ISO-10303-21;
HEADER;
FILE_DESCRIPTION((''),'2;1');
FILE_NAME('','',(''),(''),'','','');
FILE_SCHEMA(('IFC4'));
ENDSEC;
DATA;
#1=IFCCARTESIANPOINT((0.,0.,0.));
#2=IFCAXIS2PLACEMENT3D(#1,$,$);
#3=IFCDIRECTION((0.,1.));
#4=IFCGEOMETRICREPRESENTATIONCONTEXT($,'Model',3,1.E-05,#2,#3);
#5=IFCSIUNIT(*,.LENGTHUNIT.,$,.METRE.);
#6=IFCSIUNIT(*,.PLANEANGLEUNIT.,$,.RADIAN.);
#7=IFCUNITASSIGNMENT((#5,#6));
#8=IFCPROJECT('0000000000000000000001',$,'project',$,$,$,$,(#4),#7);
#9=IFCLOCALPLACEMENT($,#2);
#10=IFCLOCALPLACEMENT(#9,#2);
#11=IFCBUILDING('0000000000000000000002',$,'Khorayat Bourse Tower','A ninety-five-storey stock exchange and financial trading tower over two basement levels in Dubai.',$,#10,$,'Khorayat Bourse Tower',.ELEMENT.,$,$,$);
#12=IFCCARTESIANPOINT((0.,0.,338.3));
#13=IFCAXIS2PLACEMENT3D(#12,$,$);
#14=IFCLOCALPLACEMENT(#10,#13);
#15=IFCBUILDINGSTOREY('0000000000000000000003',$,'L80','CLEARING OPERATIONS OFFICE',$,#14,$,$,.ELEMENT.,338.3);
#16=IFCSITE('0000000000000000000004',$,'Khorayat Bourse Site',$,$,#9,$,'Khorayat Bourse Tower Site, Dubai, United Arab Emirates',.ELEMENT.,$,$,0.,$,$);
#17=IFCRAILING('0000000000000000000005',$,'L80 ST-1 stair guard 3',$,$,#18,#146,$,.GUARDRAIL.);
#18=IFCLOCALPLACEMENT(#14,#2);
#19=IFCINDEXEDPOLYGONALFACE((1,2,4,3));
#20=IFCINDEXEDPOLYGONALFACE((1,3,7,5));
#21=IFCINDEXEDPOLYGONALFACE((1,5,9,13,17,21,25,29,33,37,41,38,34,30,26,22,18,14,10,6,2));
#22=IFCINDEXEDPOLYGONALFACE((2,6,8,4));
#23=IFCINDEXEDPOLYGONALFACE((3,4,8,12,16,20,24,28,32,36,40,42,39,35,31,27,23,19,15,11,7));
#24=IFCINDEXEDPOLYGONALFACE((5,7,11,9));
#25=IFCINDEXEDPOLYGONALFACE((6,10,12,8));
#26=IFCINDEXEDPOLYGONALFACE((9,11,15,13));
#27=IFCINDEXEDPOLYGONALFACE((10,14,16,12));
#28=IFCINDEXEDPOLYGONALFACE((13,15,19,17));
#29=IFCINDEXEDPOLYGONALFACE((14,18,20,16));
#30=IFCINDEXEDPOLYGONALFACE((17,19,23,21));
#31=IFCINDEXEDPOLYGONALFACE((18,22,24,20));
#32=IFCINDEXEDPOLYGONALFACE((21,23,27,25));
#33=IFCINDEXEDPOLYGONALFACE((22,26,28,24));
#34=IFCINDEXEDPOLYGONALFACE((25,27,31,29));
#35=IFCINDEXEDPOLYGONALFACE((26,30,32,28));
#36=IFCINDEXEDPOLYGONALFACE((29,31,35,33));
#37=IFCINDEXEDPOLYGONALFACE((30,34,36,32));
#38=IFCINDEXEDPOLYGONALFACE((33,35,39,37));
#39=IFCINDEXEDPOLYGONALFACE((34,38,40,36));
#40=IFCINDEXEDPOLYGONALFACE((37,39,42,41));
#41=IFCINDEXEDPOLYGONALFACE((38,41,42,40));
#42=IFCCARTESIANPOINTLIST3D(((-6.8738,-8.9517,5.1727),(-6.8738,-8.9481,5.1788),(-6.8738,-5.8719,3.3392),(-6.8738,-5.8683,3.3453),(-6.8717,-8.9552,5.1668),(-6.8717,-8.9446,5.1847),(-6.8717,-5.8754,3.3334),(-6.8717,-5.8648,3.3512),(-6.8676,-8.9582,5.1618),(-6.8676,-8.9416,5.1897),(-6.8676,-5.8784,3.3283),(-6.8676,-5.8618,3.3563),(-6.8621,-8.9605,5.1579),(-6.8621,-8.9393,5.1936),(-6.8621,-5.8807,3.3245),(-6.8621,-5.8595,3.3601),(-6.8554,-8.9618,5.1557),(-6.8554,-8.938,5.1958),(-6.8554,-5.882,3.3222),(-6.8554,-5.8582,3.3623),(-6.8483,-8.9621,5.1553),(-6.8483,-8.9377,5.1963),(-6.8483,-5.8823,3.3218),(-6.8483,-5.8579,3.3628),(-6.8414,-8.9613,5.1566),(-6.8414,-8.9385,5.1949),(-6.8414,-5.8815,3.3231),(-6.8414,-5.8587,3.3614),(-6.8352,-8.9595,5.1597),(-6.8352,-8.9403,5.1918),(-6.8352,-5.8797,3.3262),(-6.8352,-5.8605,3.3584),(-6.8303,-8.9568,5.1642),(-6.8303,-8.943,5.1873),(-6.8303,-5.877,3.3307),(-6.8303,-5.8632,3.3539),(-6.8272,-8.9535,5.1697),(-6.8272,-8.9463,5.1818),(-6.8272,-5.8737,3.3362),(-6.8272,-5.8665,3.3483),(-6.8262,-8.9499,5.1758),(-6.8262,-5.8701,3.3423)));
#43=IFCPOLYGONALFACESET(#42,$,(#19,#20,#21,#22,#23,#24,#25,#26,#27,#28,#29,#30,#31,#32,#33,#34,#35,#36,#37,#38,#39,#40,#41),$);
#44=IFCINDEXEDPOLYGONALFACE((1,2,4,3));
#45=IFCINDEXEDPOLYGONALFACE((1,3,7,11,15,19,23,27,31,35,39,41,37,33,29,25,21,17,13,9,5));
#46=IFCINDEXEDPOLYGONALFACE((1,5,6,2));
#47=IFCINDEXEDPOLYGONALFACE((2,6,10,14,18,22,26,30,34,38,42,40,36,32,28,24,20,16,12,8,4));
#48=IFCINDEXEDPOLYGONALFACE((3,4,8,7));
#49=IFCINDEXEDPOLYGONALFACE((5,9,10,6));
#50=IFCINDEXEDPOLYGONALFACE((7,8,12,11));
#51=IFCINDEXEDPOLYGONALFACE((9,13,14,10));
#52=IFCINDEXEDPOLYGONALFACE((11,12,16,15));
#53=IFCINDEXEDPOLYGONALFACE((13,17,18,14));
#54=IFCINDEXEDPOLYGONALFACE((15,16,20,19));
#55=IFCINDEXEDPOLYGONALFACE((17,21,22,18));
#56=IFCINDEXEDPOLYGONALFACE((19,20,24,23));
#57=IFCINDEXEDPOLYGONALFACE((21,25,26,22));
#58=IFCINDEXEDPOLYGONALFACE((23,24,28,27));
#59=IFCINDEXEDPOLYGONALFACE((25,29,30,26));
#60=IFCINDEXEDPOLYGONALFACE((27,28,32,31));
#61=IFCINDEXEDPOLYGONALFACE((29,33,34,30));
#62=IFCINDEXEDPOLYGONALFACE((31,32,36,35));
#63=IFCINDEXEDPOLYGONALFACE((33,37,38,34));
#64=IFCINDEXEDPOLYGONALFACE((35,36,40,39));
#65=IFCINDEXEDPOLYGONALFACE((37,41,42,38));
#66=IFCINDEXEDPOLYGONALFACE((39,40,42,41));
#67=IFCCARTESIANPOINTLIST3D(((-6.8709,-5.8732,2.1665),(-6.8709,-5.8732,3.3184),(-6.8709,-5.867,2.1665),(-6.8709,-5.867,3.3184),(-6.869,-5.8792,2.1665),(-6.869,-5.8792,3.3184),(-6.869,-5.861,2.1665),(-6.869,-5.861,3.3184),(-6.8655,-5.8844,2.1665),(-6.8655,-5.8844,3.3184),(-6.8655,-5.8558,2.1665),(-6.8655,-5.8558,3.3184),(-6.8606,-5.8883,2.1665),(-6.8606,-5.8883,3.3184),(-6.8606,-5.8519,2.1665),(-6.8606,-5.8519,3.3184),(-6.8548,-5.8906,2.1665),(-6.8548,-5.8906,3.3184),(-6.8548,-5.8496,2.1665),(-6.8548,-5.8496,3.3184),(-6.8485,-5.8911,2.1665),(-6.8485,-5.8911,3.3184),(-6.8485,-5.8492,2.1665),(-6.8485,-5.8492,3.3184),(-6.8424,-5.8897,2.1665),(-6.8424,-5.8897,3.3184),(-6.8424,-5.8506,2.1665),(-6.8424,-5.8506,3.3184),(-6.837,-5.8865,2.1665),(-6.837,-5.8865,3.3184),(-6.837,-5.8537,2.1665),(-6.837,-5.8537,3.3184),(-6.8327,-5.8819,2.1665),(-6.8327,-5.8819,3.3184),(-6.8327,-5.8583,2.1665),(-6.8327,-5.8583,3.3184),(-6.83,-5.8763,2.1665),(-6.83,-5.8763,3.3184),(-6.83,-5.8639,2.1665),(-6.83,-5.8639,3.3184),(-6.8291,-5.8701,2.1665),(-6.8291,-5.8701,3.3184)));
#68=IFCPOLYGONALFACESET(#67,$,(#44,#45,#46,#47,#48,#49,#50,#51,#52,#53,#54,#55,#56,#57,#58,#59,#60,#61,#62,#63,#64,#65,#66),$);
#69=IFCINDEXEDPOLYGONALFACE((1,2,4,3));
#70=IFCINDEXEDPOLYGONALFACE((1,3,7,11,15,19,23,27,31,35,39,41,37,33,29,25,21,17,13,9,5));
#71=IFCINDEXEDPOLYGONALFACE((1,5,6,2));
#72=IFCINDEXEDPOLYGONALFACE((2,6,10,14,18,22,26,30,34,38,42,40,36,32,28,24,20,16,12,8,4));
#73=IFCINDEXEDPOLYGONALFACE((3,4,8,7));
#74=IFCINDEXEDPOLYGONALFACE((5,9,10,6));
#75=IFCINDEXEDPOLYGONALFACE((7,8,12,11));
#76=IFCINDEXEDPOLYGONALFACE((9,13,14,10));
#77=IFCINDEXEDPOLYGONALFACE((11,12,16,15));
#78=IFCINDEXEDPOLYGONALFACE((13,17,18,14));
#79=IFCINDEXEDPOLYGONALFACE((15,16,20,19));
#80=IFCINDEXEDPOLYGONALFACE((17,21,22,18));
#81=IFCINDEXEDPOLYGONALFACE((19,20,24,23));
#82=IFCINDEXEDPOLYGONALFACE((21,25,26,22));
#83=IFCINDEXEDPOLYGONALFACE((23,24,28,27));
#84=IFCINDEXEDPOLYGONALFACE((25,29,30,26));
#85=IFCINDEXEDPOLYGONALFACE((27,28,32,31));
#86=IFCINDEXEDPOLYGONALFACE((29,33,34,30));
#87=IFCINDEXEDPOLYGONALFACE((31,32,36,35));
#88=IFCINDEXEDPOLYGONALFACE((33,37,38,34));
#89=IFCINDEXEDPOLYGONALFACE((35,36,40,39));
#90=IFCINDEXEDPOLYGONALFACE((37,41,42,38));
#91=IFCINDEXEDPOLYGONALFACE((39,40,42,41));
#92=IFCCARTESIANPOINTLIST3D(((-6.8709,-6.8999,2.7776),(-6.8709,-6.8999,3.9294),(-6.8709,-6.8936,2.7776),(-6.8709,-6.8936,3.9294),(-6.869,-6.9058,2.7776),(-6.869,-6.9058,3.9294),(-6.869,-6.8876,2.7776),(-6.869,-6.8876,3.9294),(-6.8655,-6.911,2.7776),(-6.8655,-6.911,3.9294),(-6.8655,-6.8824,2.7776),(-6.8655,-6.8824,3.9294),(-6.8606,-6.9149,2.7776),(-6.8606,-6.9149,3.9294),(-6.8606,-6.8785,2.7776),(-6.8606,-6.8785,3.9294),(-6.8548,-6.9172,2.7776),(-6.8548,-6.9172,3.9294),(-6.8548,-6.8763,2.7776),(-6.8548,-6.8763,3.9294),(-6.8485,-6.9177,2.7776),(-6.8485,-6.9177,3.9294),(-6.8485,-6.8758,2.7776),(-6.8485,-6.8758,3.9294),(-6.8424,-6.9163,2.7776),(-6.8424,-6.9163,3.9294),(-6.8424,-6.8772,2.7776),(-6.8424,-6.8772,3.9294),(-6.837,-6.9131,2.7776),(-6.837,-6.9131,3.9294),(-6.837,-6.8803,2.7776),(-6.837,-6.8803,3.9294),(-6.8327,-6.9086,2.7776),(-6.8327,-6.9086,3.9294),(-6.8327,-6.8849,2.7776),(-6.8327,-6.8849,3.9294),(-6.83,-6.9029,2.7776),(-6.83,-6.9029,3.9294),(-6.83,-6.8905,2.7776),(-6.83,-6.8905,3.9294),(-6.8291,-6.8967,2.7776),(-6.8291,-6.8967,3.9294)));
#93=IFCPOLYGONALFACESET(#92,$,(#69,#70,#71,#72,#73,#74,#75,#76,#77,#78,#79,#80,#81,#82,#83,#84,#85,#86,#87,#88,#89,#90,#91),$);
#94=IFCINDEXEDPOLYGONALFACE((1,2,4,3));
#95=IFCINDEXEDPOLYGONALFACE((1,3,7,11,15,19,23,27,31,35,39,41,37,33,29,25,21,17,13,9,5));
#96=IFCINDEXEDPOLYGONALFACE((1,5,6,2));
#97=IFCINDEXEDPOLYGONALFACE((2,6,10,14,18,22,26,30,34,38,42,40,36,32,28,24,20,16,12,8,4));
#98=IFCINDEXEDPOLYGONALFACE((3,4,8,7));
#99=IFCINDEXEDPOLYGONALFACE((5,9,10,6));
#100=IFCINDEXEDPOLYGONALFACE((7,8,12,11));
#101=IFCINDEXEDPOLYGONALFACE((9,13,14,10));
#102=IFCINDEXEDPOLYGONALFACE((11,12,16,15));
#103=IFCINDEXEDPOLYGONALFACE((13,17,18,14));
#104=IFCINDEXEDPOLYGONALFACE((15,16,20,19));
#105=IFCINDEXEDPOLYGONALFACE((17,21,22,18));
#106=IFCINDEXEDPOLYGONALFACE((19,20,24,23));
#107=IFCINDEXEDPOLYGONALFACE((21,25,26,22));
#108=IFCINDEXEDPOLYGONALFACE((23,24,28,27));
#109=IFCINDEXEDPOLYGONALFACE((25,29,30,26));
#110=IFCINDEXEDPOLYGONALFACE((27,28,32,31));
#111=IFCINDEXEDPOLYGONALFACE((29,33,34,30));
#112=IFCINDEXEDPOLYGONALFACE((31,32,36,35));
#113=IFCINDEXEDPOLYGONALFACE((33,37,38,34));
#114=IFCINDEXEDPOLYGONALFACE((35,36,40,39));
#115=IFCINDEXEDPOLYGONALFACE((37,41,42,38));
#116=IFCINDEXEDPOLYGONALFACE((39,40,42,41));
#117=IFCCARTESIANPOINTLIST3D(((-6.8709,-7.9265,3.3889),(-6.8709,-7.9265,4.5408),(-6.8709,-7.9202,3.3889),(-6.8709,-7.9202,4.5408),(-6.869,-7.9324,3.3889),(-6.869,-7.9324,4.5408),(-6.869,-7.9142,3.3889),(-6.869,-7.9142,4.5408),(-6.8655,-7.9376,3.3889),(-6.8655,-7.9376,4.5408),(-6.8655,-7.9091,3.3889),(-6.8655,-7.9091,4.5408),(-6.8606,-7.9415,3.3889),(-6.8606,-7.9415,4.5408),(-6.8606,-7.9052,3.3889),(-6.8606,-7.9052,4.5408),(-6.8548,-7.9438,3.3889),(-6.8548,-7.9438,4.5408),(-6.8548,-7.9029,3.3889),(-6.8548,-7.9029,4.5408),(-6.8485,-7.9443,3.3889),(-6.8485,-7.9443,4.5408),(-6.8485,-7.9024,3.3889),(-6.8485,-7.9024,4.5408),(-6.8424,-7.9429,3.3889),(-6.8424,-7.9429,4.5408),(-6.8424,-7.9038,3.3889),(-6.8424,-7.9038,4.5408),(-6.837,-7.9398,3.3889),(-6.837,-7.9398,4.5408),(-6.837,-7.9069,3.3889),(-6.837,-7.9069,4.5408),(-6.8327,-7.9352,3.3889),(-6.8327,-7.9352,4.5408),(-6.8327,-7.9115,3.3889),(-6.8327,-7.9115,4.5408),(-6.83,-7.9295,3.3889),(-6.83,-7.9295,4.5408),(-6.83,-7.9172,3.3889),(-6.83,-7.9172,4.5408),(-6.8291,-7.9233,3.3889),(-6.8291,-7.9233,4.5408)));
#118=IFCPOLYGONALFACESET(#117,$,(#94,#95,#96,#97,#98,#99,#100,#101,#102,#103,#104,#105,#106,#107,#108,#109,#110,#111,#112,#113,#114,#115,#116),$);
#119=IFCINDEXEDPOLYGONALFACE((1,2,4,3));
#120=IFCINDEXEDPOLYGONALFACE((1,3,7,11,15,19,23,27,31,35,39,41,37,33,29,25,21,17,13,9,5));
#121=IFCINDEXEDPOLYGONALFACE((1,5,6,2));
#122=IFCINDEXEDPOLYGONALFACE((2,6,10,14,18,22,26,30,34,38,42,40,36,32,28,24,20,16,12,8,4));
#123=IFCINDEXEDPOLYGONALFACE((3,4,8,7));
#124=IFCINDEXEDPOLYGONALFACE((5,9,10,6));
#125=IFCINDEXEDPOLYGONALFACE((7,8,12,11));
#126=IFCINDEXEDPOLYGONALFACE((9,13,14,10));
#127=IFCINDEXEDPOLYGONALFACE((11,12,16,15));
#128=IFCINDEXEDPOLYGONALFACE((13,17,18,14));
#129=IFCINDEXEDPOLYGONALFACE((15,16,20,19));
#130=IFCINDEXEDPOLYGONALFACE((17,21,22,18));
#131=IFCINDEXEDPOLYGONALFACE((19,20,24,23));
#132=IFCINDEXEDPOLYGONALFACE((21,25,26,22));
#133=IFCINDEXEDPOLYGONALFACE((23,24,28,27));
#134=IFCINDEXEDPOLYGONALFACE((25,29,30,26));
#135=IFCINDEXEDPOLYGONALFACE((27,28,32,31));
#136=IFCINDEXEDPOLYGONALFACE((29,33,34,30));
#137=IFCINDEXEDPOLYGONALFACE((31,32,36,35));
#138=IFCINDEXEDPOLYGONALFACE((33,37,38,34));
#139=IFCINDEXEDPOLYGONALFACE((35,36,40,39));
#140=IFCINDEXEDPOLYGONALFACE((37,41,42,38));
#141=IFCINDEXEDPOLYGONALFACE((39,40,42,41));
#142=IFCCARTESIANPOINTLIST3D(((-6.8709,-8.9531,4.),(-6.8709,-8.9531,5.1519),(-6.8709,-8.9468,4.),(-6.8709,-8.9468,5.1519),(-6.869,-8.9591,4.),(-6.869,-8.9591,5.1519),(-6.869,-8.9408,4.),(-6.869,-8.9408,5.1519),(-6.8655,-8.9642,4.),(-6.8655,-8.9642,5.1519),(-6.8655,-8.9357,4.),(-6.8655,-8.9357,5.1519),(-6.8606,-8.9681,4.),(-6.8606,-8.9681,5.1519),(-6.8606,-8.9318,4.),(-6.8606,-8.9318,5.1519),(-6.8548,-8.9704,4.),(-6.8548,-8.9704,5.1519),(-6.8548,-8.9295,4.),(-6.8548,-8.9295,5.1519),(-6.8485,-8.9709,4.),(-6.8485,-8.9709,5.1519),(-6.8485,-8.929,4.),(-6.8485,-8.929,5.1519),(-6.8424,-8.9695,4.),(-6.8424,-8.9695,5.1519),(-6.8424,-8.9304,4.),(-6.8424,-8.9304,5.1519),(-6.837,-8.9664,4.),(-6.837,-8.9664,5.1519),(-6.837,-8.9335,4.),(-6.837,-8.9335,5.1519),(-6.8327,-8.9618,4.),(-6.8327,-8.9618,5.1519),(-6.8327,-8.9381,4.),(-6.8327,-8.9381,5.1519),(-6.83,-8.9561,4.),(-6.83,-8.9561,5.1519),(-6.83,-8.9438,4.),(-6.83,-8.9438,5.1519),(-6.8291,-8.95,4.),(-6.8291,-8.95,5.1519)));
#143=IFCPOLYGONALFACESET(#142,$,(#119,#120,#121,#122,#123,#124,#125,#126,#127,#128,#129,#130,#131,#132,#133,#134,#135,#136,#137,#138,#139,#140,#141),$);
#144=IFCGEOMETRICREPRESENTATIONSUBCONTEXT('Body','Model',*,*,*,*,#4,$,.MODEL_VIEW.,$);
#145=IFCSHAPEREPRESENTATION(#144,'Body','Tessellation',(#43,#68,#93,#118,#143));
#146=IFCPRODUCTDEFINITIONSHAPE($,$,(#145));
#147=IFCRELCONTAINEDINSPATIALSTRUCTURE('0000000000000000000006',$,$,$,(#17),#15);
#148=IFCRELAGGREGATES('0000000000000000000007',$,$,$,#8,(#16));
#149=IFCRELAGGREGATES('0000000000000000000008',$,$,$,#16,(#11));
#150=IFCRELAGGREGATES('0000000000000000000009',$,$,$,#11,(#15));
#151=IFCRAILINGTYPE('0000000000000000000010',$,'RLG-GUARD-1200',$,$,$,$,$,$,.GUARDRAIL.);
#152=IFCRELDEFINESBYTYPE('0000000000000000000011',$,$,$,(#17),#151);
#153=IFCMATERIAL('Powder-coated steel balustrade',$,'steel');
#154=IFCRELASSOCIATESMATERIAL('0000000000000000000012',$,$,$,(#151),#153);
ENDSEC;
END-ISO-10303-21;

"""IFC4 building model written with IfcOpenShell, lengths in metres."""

from ifc_helpers import new_model, si_unit, direction, frame, origin, origin_2d, place, context, subcontext, project, spatial, circle, extrude, source, transform, mapped, material, type_object, element, save


model = new_model("IFC4")

# Units and contexts
model_context = context("Model", 3, precision=1e-05, world=origin(), true_north=direction((0.0, 1.0)))
body_context = subcontext(model_context, "Body", "Model", "MODEL_VIEW")
ifc_project = project(units=[si_unit("LENGTHUNIT", "METRE"), si_unit("PLANEANGLEUNIT", "RADIAN")], contexts=[model_context])

# Site, building, storey
site_placement = place(None, origin())
site = spatial("IfcSite", under=ifc_project, at=site_placement, Name="Khorayat Bourse Site", LongName="Khorayat Bourse Tower Site, Dubai, United Arab Emirates", CompositionType="ELEMENT", RefElevation=0.0)
building_placement = place(site_placement, origin())
building = spatial("IfcBuilding", under=site, at=building_placement, Name="Khorayat Bourse Tower", Description="A ninety-five-storey stock exchange and financial trading tower over two basement levels in Dubai.", LongName="Khorayat Bourse Tower", CompositionType="ELEMENT")
storey_placement = place(building_placement, frame((0.0, 0.0, 338.3)))
storey = spatial("IfcBuildingStorey", under=building, at=storey_placement, Name="L80", Description="CLEARING OPERATIONS OFFICE", CompositionType="ELEMENT", Elevation=338.3)

# Railing
ifc_material_1 = material(Name="Powder-coated steel balustrade", Category="steel")
railing_type_1 = type_object("IfcRailingType", Name="RLG-GUARD-1200", PredefinedType="GUARDRAIL", material=ifc_material_1)
shared_shape_1 = source(origin(), body_context, "Body", "SweptSolid", [
    extrude(circle(Radius=0.0239, at=origin_2d()), frame((0.0, 0.0, 1.1758), z_axis=(0.0, -0.859261, 0.511538), x_axis=(1.0, 0.0, 0.0)), (0.0, 0.0, 1.0), 3.5842),
    extrude(circle(Radius=0.021, at=origin_2d()), origin(), (0.0, 0.0, 1.0), 1.1519),
    extrude(circle(Radius=0.021, at=origin_2d()), frame((0.0, -1.0266, 0.6111)), (0.0, 0.0, 1.0), 1.1519),
    extrude(circle(Radius=0.021, at=origin_2d()), frame((0.0, -2.0532, 1.2224)), (0.0, 0.0, 1.0), 1.1519),
    extrude(circle(Radius=0.021, at=origin_2d()), frame((0.0, -3.0798, 1.8335)), (0.0, 0.0, 1.0), 1.1519),
])
railing_1_placement = place(storey_placement, frame((-6.8501, -5.8701, 2.1665)))
element("IfcRailing", 1, at=railing_1_placement, inside=storey, type_object=railing_type_1, Name="L80 ST-1 stair guard 3", PredefinedType="GUARDRAIL", context=body_context, shape_type="MappedRepresentation", body=[
    mapped(shared_shape_1, transform((0.0, 0.0, 0.0), scale=1.0)),
])

save(model, "model.ifc")
